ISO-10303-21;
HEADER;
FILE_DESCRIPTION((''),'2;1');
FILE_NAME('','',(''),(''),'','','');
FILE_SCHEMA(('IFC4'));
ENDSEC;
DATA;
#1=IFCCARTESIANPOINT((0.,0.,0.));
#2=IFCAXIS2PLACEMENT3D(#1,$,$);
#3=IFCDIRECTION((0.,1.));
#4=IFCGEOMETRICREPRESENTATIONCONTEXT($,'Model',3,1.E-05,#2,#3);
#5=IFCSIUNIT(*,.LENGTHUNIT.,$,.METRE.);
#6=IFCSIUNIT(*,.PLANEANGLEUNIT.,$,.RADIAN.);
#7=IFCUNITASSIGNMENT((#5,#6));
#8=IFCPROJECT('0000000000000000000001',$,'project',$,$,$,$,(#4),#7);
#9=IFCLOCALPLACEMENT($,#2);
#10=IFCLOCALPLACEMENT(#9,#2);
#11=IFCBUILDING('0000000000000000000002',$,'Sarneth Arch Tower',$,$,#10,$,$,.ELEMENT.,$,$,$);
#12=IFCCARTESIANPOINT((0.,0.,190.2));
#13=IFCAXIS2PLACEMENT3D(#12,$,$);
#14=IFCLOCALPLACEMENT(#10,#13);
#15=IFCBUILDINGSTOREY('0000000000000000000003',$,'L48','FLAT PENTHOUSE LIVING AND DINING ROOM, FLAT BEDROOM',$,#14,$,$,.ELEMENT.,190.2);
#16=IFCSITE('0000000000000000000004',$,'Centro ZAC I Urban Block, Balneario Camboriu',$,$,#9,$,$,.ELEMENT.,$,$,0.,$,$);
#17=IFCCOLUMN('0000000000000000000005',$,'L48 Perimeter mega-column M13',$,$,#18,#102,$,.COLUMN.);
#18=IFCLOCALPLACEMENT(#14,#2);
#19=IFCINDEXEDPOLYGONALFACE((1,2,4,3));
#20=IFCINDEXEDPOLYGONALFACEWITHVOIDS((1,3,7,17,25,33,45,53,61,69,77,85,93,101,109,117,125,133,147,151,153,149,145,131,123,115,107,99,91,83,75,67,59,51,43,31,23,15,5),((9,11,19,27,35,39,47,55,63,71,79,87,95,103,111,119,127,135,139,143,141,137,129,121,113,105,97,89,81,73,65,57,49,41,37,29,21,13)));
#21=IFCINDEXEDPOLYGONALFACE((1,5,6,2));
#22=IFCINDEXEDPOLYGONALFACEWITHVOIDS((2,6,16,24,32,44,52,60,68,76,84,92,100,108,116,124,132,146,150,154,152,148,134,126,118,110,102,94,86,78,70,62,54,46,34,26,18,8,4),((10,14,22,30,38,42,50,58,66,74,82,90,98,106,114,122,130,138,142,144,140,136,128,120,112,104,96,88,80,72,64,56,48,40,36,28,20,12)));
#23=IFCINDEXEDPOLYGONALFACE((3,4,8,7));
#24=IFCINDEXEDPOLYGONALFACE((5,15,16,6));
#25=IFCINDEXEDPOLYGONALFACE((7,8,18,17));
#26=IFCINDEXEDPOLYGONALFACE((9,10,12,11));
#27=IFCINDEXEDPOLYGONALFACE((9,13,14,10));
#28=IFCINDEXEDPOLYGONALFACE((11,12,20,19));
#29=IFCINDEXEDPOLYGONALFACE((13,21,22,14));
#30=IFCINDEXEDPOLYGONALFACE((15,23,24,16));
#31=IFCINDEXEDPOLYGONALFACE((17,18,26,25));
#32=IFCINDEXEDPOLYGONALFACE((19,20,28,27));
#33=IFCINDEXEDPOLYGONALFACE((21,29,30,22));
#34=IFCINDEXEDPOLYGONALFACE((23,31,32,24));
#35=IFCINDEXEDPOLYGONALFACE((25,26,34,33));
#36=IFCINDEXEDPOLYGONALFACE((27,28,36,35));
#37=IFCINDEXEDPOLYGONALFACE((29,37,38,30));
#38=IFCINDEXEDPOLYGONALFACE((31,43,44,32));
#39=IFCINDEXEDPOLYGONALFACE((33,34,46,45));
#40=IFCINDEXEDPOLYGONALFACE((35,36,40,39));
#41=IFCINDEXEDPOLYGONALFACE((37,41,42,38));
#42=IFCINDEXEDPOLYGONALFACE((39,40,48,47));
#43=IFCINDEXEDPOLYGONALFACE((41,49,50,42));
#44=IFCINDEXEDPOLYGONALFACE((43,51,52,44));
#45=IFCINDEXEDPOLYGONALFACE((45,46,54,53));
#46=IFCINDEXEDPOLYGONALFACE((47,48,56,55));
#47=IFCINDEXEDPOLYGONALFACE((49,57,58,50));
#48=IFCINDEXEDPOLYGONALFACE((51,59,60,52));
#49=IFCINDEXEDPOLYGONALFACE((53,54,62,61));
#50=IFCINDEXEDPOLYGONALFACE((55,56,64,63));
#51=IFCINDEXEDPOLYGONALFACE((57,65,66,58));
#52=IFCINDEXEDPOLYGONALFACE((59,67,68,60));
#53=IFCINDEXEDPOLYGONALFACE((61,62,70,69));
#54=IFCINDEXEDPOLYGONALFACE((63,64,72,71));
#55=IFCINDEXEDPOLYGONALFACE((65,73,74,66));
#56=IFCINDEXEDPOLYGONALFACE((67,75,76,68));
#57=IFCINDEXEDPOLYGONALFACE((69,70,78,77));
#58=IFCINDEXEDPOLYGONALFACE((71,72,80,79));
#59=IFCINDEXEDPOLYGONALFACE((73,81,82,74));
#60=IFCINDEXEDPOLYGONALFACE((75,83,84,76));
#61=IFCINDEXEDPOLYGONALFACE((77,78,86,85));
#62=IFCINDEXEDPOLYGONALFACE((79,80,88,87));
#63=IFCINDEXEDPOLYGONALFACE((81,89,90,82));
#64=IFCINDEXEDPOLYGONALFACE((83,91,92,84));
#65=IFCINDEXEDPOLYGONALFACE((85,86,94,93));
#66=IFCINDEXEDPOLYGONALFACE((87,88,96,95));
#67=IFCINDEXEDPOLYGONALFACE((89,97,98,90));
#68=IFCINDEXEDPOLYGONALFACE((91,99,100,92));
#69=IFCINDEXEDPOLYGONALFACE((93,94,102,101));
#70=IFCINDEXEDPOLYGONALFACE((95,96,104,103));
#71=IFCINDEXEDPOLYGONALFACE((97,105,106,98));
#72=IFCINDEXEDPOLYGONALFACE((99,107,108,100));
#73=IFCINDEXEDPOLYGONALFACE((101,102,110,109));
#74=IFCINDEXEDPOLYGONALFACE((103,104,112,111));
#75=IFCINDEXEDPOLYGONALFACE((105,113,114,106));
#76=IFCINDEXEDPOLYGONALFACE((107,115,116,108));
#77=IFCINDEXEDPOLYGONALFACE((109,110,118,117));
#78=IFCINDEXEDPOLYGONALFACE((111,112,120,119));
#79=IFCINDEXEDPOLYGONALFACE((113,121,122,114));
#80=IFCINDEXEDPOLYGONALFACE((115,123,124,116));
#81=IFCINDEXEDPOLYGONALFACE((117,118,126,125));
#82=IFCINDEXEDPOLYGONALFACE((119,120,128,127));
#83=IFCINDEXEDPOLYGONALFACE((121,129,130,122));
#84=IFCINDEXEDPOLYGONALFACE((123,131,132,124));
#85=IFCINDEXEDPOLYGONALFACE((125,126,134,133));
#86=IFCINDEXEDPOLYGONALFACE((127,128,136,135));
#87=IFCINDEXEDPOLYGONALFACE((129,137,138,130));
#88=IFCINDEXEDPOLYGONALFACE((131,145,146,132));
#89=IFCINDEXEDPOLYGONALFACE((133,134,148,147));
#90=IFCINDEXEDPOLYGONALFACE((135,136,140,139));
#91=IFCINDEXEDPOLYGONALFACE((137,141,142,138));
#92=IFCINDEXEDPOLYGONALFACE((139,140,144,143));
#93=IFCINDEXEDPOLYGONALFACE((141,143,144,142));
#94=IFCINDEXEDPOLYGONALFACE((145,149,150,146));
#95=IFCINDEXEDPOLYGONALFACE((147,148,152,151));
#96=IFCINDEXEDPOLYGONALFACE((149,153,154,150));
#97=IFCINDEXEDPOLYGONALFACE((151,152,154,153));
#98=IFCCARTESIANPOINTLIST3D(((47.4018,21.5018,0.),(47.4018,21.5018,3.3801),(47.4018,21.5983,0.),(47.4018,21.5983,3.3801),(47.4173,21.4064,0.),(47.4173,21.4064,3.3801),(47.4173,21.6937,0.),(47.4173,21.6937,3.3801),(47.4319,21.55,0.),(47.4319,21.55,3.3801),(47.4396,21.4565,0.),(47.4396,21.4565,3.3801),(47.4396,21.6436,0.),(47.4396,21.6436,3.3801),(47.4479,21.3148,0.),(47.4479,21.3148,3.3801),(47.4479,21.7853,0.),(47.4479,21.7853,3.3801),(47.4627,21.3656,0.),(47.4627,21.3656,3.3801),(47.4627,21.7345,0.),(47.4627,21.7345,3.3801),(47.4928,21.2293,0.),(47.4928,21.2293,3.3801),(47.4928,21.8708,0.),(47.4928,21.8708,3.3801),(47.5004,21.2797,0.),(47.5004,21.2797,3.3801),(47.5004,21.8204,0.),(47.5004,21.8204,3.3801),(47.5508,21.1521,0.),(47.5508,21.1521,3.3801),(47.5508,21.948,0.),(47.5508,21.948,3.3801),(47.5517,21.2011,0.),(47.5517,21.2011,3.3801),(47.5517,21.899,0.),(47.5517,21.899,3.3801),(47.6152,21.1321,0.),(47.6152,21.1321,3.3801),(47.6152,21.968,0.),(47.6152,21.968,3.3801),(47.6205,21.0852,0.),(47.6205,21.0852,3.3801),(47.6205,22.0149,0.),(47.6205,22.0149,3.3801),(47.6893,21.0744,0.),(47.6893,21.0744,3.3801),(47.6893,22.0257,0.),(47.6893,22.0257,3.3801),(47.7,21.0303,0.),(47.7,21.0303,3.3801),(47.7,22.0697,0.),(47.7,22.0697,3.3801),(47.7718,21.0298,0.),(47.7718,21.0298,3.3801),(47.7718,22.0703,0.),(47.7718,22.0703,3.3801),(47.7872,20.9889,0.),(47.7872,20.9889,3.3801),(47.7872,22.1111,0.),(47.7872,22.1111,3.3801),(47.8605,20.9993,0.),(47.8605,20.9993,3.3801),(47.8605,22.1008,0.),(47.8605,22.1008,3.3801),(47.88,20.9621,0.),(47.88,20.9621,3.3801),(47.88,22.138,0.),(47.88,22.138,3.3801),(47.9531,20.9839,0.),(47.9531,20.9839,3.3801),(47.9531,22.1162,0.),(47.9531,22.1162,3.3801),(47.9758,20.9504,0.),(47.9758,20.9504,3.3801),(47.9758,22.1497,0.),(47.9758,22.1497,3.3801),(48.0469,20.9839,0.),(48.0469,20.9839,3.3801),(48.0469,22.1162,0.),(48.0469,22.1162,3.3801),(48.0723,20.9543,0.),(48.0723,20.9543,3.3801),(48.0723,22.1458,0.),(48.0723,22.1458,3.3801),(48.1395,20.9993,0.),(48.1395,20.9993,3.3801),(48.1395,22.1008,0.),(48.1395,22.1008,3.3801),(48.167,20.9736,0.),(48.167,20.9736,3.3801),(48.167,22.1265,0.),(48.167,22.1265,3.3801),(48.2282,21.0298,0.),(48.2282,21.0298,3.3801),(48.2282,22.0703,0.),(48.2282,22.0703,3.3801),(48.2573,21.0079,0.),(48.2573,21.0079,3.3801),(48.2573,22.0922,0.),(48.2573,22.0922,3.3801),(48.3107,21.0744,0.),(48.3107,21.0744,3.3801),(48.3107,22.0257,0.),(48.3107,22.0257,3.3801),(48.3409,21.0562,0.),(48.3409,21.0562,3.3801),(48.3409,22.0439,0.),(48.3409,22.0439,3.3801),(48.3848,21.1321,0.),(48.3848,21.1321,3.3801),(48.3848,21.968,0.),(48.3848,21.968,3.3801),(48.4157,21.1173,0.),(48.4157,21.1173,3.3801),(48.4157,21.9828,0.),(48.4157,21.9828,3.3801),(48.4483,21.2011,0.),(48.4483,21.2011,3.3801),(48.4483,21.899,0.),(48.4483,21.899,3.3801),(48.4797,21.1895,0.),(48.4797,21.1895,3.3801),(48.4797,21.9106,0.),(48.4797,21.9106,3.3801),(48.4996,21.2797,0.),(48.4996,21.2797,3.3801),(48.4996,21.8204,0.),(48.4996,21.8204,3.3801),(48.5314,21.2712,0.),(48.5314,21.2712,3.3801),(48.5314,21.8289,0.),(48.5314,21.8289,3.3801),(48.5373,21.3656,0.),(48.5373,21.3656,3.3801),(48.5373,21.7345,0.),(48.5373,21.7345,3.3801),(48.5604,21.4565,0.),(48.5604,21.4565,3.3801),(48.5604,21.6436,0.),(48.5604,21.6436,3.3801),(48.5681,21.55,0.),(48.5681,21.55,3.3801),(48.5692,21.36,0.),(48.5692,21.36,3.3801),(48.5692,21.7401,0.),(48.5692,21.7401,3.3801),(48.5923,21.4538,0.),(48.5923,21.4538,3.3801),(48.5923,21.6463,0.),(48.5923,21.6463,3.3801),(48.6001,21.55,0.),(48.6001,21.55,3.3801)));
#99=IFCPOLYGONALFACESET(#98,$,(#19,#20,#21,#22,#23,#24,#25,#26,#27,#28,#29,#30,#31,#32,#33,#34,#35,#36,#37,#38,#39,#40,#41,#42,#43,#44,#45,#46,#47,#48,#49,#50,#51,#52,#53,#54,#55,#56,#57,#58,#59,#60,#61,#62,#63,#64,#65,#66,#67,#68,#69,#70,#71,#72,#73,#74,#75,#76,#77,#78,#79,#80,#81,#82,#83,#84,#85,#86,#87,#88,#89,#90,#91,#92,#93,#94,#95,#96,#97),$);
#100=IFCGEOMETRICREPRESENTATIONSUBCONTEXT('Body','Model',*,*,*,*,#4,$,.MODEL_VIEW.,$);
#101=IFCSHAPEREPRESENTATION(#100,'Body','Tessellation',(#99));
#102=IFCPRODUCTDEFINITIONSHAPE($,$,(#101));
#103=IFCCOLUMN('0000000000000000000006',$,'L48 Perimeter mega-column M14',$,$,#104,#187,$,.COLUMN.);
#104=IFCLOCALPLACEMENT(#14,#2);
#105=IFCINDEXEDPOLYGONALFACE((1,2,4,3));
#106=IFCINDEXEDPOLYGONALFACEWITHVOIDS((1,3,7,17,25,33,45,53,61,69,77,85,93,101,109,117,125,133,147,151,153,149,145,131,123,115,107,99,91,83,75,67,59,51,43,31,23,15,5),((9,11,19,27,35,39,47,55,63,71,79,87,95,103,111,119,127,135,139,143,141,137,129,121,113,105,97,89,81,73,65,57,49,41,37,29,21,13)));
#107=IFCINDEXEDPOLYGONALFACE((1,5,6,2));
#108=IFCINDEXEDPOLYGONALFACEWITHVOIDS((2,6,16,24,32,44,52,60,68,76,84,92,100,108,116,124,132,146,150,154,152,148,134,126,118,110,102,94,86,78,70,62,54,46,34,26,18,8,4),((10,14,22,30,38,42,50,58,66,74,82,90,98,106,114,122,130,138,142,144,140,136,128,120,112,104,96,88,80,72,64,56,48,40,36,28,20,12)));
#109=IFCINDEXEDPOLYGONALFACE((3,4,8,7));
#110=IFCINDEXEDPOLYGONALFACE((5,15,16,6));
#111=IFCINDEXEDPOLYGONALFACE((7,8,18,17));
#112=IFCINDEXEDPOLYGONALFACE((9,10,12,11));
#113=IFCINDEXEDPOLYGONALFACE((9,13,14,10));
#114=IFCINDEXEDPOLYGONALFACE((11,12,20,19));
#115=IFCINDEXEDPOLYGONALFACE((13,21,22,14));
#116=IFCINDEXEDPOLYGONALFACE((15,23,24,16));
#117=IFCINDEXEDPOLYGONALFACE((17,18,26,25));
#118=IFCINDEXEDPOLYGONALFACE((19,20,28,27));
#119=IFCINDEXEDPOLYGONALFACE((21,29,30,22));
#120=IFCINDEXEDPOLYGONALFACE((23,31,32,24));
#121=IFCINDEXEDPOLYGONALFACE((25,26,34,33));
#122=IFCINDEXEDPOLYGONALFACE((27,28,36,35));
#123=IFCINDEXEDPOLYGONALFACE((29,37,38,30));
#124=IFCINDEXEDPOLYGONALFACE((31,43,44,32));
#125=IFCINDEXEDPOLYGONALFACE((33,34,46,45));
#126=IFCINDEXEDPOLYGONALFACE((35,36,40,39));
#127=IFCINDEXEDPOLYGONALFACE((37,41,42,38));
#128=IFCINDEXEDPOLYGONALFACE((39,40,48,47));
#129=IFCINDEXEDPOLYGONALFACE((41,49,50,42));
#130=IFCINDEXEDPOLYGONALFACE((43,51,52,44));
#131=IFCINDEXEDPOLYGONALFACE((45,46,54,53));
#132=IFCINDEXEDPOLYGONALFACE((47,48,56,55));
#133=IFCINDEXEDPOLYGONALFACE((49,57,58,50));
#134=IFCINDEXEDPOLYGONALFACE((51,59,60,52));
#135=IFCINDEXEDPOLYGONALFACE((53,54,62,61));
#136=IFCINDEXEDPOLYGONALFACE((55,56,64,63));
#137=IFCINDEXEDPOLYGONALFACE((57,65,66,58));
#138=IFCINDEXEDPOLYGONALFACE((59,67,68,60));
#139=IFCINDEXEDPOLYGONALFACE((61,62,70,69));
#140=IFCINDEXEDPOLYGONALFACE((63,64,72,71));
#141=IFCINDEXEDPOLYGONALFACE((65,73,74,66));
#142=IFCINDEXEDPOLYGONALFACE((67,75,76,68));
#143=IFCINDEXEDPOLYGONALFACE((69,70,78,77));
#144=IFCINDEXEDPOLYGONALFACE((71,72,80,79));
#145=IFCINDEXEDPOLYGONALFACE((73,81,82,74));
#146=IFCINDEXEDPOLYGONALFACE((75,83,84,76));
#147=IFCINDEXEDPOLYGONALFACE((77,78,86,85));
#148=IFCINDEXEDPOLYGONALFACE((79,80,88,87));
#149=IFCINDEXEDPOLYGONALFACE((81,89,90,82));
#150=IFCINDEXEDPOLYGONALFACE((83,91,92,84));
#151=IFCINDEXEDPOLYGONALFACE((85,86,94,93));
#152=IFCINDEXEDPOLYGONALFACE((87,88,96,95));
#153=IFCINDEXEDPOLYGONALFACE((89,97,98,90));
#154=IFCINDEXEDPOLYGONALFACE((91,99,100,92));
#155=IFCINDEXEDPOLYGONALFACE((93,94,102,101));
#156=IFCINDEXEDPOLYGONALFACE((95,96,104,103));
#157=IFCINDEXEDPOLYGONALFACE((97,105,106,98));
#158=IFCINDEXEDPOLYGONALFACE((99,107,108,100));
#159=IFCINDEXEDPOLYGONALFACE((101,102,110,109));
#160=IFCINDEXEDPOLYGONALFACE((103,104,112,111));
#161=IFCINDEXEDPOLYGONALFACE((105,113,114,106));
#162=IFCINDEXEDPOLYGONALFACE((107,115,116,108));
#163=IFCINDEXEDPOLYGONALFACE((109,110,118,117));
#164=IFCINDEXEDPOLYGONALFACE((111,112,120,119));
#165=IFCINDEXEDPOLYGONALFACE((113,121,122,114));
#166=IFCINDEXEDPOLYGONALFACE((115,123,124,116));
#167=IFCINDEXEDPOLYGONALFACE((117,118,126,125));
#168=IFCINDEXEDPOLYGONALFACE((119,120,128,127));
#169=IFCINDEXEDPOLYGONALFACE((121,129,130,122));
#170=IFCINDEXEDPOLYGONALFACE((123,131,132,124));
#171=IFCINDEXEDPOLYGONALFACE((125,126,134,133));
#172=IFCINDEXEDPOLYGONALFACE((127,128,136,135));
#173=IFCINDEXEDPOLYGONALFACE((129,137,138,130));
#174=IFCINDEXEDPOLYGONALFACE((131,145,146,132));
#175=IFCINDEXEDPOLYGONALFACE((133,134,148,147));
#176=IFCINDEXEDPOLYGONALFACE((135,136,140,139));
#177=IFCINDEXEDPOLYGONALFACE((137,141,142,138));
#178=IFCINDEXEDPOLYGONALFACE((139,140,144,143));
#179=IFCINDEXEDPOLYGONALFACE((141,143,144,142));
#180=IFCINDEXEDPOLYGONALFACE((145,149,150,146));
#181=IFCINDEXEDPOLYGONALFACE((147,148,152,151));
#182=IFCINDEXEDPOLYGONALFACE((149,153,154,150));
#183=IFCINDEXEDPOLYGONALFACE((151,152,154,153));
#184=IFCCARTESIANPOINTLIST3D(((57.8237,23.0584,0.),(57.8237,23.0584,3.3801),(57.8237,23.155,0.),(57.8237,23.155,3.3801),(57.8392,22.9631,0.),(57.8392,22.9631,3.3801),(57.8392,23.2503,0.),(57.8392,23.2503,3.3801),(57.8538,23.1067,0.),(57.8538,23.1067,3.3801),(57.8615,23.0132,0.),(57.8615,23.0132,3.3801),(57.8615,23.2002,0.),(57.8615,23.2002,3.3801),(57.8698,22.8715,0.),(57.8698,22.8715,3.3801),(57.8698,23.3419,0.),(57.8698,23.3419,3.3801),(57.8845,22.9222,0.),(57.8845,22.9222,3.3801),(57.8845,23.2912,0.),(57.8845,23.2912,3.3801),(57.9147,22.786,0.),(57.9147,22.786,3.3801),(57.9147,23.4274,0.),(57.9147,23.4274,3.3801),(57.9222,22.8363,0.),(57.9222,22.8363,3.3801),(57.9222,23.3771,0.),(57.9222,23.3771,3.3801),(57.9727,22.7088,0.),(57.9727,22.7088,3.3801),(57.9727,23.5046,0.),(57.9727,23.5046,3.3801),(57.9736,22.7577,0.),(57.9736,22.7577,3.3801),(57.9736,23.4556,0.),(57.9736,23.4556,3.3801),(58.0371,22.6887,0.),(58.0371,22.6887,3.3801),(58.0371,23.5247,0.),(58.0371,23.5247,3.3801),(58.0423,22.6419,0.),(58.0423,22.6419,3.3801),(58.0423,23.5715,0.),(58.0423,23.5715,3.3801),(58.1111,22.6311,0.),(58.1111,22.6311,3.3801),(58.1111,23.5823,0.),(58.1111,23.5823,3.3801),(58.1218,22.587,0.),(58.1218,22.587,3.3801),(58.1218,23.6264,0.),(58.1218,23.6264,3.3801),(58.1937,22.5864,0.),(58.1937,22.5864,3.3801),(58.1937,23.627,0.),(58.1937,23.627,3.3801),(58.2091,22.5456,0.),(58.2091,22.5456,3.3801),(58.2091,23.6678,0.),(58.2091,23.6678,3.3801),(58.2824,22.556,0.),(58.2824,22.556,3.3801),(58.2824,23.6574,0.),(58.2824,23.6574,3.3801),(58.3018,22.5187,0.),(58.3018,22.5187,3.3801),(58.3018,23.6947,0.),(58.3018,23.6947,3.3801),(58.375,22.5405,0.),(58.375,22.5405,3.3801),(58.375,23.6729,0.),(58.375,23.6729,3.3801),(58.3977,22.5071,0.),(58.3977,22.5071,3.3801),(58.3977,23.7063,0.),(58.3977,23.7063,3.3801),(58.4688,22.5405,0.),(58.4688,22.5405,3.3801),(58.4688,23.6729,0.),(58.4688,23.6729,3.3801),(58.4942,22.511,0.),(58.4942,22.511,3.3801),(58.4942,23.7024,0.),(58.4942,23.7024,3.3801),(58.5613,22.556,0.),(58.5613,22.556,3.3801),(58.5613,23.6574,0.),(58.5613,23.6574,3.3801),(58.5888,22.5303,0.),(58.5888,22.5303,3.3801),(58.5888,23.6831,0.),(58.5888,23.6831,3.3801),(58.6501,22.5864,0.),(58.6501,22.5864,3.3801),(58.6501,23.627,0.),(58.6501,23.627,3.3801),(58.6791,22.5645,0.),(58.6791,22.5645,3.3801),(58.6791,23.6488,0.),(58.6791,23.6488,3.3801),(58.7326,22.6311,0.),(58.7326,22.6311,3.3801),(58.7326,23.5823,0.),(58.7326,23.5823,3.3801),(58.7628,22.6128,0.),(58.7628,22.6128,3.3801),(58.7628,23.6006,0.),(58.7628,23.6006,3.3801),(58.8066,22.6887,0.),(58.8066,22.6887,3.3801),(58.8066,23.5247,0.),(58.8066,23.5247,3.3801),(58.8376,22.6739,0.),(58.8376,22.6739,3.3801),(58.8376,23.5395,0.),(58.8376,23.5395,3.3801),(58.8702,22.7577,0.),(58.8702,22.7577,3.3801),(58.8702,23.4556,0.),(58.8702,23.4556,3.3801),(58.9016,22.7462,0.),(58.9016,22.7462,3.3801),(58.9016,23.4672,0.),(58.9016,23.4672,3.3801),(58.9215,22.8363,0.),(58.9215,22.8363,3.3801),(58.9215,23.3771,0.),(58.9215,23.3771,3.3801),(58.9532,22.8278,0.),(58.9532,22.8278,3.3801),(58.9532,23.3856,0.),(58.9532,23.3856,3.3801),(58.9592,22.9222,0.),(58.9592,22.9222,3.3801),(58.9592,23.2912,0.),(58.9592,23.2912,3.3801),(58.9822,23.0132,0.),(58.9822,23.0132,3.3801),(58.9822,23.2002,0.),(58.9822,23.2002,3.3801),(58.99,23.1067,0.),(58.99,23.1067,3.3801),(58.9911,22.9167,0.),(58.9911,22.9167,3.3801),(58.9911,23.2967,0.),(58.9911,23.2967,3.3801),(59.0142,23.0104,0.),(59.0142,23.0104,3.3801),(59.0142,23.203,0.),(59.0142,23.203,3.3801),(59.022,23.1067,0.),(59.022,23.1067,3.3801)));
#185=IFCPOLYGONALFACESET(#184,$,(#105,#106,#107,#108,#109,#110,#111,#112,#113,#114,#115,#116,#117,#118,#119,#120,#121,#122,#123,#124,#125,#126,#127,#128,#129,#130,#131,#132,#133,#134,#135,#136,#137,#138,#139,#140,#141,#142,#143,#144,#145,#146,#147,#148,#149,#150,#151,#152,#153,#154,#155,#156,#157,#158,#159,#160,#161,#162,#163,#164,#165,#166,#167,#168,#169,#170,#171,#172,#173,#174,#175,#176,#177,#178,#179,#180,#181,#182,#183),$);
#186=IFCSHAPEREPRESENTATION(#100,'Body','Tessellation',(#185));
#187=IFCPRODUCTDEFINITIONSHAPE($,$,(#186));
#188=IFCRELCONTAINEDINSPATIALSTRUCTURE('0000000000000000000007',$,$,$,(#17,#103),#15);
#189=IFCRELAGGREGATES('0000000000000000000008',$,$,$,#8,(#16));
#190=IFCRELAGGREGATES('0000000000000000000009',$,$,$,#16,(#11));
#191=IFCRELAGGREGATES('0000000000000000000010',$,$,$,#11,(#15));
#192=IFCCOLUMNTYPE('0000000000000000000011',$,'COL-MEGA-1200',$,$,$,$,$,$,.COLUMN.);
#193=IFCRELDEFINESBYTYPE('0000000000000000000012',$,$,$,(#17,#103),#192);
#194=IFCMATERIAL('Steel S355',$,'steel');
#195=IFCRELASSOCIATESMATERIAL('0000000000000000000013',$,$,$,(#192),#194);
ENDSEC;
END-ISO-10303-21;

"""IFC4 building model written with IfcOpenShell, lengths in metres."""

from ifc_helpers import new_model, si_unit, direction, frame, origin, origin_2d, place, context, subcontext, project, spatial, hollow_circle, extrude, material, material_profile, profile_set, type_object, element, save


model = new_model("IFC4")

# Units and contexts
model_context = context("Model", 3, precision=1e-05, world=origin(), true_north=direction((0.0, 1.0)))
body_context = subcontext(model_context, "Body", "Model", "MODEL_VIEW")
ifc_project = project(units=[si_unit("LENGTHUNIT", "METRE"), si_unit("PLANEANGLEUNIT", "RADIAN")], contexts=[model_context])

# Site, building, storey
site_placement = place(None, origin())
site = spatial("IfcSite", under=ifc_project, at=site_placement, Name="Centro ZAC I Urban Block, Balneario Camboriu", CompositionType="ELEMENT", RefElevation=0.0)
building_placement = place(site_placement, origin())
building = spatial("IfcBuilding", under=site, at=building_placement, Name="Sarneth Arch Tower", CompositionType="ELEMENT")
storey_placement = place(building_placement, frame((0.0, 0.0, 190.2)))
storey = spatial("IfcBuildingStorey", under=building, at=storey_placement, Name="L48", Description="FLAT PENTHOUSE LIVING AND DINING ROOM, FLAT BEDROOM", CompositionType="ELEMENT", Elevation=190.2)

# Columns
ifc_material_1 = material(Name="Steel S355", Category="steel")
ifc_material_profile_1 = material_profile(ifc_material_1, hollow_circle(Radius=0.6001, WallThickness=0.032, at=origin_2d()), Name="CHS1200x32")
ifc_profile_set_1 = profile_set([ifc_material_profile_1], Name="Steel S355")
column_type = type_object("IfcColumnType", Name="COL-MEGA-1200", PredefinedType="COLUMN", material=ifc_profile_set_1)
for number, where, z_axis, x_axis, name in (
    (1, (48.0, 21.55, 0.0), (0.0, 0.0, 1.0), (1.0, 0.0, 0.0), "L48 Perimeter mega-column M13"),
    (2, (58.4219, 23.1067, 0.0), (0.0, 0.0, 1.0), (1.0, 0.0, 0.0), "L48 Perimeter mega-column M14"),
):
    element("IfcColumn", number, at=place(storey_placement, frame(where, z_axis=z_axis, x_axis=x_axis)), inside=storey, type_object=column_type, Name=name, PredefinedType="COLUMN", context=body_context, shape_type="SweptSolid", body=[
        extrude(hollow_circle(Radius=0.6001, WallThickness=0.032, at=origin_2d()), origin(), (0.0, 0.0, 1.0), 3.3801),
    ])

save(model, "model.ifc")
